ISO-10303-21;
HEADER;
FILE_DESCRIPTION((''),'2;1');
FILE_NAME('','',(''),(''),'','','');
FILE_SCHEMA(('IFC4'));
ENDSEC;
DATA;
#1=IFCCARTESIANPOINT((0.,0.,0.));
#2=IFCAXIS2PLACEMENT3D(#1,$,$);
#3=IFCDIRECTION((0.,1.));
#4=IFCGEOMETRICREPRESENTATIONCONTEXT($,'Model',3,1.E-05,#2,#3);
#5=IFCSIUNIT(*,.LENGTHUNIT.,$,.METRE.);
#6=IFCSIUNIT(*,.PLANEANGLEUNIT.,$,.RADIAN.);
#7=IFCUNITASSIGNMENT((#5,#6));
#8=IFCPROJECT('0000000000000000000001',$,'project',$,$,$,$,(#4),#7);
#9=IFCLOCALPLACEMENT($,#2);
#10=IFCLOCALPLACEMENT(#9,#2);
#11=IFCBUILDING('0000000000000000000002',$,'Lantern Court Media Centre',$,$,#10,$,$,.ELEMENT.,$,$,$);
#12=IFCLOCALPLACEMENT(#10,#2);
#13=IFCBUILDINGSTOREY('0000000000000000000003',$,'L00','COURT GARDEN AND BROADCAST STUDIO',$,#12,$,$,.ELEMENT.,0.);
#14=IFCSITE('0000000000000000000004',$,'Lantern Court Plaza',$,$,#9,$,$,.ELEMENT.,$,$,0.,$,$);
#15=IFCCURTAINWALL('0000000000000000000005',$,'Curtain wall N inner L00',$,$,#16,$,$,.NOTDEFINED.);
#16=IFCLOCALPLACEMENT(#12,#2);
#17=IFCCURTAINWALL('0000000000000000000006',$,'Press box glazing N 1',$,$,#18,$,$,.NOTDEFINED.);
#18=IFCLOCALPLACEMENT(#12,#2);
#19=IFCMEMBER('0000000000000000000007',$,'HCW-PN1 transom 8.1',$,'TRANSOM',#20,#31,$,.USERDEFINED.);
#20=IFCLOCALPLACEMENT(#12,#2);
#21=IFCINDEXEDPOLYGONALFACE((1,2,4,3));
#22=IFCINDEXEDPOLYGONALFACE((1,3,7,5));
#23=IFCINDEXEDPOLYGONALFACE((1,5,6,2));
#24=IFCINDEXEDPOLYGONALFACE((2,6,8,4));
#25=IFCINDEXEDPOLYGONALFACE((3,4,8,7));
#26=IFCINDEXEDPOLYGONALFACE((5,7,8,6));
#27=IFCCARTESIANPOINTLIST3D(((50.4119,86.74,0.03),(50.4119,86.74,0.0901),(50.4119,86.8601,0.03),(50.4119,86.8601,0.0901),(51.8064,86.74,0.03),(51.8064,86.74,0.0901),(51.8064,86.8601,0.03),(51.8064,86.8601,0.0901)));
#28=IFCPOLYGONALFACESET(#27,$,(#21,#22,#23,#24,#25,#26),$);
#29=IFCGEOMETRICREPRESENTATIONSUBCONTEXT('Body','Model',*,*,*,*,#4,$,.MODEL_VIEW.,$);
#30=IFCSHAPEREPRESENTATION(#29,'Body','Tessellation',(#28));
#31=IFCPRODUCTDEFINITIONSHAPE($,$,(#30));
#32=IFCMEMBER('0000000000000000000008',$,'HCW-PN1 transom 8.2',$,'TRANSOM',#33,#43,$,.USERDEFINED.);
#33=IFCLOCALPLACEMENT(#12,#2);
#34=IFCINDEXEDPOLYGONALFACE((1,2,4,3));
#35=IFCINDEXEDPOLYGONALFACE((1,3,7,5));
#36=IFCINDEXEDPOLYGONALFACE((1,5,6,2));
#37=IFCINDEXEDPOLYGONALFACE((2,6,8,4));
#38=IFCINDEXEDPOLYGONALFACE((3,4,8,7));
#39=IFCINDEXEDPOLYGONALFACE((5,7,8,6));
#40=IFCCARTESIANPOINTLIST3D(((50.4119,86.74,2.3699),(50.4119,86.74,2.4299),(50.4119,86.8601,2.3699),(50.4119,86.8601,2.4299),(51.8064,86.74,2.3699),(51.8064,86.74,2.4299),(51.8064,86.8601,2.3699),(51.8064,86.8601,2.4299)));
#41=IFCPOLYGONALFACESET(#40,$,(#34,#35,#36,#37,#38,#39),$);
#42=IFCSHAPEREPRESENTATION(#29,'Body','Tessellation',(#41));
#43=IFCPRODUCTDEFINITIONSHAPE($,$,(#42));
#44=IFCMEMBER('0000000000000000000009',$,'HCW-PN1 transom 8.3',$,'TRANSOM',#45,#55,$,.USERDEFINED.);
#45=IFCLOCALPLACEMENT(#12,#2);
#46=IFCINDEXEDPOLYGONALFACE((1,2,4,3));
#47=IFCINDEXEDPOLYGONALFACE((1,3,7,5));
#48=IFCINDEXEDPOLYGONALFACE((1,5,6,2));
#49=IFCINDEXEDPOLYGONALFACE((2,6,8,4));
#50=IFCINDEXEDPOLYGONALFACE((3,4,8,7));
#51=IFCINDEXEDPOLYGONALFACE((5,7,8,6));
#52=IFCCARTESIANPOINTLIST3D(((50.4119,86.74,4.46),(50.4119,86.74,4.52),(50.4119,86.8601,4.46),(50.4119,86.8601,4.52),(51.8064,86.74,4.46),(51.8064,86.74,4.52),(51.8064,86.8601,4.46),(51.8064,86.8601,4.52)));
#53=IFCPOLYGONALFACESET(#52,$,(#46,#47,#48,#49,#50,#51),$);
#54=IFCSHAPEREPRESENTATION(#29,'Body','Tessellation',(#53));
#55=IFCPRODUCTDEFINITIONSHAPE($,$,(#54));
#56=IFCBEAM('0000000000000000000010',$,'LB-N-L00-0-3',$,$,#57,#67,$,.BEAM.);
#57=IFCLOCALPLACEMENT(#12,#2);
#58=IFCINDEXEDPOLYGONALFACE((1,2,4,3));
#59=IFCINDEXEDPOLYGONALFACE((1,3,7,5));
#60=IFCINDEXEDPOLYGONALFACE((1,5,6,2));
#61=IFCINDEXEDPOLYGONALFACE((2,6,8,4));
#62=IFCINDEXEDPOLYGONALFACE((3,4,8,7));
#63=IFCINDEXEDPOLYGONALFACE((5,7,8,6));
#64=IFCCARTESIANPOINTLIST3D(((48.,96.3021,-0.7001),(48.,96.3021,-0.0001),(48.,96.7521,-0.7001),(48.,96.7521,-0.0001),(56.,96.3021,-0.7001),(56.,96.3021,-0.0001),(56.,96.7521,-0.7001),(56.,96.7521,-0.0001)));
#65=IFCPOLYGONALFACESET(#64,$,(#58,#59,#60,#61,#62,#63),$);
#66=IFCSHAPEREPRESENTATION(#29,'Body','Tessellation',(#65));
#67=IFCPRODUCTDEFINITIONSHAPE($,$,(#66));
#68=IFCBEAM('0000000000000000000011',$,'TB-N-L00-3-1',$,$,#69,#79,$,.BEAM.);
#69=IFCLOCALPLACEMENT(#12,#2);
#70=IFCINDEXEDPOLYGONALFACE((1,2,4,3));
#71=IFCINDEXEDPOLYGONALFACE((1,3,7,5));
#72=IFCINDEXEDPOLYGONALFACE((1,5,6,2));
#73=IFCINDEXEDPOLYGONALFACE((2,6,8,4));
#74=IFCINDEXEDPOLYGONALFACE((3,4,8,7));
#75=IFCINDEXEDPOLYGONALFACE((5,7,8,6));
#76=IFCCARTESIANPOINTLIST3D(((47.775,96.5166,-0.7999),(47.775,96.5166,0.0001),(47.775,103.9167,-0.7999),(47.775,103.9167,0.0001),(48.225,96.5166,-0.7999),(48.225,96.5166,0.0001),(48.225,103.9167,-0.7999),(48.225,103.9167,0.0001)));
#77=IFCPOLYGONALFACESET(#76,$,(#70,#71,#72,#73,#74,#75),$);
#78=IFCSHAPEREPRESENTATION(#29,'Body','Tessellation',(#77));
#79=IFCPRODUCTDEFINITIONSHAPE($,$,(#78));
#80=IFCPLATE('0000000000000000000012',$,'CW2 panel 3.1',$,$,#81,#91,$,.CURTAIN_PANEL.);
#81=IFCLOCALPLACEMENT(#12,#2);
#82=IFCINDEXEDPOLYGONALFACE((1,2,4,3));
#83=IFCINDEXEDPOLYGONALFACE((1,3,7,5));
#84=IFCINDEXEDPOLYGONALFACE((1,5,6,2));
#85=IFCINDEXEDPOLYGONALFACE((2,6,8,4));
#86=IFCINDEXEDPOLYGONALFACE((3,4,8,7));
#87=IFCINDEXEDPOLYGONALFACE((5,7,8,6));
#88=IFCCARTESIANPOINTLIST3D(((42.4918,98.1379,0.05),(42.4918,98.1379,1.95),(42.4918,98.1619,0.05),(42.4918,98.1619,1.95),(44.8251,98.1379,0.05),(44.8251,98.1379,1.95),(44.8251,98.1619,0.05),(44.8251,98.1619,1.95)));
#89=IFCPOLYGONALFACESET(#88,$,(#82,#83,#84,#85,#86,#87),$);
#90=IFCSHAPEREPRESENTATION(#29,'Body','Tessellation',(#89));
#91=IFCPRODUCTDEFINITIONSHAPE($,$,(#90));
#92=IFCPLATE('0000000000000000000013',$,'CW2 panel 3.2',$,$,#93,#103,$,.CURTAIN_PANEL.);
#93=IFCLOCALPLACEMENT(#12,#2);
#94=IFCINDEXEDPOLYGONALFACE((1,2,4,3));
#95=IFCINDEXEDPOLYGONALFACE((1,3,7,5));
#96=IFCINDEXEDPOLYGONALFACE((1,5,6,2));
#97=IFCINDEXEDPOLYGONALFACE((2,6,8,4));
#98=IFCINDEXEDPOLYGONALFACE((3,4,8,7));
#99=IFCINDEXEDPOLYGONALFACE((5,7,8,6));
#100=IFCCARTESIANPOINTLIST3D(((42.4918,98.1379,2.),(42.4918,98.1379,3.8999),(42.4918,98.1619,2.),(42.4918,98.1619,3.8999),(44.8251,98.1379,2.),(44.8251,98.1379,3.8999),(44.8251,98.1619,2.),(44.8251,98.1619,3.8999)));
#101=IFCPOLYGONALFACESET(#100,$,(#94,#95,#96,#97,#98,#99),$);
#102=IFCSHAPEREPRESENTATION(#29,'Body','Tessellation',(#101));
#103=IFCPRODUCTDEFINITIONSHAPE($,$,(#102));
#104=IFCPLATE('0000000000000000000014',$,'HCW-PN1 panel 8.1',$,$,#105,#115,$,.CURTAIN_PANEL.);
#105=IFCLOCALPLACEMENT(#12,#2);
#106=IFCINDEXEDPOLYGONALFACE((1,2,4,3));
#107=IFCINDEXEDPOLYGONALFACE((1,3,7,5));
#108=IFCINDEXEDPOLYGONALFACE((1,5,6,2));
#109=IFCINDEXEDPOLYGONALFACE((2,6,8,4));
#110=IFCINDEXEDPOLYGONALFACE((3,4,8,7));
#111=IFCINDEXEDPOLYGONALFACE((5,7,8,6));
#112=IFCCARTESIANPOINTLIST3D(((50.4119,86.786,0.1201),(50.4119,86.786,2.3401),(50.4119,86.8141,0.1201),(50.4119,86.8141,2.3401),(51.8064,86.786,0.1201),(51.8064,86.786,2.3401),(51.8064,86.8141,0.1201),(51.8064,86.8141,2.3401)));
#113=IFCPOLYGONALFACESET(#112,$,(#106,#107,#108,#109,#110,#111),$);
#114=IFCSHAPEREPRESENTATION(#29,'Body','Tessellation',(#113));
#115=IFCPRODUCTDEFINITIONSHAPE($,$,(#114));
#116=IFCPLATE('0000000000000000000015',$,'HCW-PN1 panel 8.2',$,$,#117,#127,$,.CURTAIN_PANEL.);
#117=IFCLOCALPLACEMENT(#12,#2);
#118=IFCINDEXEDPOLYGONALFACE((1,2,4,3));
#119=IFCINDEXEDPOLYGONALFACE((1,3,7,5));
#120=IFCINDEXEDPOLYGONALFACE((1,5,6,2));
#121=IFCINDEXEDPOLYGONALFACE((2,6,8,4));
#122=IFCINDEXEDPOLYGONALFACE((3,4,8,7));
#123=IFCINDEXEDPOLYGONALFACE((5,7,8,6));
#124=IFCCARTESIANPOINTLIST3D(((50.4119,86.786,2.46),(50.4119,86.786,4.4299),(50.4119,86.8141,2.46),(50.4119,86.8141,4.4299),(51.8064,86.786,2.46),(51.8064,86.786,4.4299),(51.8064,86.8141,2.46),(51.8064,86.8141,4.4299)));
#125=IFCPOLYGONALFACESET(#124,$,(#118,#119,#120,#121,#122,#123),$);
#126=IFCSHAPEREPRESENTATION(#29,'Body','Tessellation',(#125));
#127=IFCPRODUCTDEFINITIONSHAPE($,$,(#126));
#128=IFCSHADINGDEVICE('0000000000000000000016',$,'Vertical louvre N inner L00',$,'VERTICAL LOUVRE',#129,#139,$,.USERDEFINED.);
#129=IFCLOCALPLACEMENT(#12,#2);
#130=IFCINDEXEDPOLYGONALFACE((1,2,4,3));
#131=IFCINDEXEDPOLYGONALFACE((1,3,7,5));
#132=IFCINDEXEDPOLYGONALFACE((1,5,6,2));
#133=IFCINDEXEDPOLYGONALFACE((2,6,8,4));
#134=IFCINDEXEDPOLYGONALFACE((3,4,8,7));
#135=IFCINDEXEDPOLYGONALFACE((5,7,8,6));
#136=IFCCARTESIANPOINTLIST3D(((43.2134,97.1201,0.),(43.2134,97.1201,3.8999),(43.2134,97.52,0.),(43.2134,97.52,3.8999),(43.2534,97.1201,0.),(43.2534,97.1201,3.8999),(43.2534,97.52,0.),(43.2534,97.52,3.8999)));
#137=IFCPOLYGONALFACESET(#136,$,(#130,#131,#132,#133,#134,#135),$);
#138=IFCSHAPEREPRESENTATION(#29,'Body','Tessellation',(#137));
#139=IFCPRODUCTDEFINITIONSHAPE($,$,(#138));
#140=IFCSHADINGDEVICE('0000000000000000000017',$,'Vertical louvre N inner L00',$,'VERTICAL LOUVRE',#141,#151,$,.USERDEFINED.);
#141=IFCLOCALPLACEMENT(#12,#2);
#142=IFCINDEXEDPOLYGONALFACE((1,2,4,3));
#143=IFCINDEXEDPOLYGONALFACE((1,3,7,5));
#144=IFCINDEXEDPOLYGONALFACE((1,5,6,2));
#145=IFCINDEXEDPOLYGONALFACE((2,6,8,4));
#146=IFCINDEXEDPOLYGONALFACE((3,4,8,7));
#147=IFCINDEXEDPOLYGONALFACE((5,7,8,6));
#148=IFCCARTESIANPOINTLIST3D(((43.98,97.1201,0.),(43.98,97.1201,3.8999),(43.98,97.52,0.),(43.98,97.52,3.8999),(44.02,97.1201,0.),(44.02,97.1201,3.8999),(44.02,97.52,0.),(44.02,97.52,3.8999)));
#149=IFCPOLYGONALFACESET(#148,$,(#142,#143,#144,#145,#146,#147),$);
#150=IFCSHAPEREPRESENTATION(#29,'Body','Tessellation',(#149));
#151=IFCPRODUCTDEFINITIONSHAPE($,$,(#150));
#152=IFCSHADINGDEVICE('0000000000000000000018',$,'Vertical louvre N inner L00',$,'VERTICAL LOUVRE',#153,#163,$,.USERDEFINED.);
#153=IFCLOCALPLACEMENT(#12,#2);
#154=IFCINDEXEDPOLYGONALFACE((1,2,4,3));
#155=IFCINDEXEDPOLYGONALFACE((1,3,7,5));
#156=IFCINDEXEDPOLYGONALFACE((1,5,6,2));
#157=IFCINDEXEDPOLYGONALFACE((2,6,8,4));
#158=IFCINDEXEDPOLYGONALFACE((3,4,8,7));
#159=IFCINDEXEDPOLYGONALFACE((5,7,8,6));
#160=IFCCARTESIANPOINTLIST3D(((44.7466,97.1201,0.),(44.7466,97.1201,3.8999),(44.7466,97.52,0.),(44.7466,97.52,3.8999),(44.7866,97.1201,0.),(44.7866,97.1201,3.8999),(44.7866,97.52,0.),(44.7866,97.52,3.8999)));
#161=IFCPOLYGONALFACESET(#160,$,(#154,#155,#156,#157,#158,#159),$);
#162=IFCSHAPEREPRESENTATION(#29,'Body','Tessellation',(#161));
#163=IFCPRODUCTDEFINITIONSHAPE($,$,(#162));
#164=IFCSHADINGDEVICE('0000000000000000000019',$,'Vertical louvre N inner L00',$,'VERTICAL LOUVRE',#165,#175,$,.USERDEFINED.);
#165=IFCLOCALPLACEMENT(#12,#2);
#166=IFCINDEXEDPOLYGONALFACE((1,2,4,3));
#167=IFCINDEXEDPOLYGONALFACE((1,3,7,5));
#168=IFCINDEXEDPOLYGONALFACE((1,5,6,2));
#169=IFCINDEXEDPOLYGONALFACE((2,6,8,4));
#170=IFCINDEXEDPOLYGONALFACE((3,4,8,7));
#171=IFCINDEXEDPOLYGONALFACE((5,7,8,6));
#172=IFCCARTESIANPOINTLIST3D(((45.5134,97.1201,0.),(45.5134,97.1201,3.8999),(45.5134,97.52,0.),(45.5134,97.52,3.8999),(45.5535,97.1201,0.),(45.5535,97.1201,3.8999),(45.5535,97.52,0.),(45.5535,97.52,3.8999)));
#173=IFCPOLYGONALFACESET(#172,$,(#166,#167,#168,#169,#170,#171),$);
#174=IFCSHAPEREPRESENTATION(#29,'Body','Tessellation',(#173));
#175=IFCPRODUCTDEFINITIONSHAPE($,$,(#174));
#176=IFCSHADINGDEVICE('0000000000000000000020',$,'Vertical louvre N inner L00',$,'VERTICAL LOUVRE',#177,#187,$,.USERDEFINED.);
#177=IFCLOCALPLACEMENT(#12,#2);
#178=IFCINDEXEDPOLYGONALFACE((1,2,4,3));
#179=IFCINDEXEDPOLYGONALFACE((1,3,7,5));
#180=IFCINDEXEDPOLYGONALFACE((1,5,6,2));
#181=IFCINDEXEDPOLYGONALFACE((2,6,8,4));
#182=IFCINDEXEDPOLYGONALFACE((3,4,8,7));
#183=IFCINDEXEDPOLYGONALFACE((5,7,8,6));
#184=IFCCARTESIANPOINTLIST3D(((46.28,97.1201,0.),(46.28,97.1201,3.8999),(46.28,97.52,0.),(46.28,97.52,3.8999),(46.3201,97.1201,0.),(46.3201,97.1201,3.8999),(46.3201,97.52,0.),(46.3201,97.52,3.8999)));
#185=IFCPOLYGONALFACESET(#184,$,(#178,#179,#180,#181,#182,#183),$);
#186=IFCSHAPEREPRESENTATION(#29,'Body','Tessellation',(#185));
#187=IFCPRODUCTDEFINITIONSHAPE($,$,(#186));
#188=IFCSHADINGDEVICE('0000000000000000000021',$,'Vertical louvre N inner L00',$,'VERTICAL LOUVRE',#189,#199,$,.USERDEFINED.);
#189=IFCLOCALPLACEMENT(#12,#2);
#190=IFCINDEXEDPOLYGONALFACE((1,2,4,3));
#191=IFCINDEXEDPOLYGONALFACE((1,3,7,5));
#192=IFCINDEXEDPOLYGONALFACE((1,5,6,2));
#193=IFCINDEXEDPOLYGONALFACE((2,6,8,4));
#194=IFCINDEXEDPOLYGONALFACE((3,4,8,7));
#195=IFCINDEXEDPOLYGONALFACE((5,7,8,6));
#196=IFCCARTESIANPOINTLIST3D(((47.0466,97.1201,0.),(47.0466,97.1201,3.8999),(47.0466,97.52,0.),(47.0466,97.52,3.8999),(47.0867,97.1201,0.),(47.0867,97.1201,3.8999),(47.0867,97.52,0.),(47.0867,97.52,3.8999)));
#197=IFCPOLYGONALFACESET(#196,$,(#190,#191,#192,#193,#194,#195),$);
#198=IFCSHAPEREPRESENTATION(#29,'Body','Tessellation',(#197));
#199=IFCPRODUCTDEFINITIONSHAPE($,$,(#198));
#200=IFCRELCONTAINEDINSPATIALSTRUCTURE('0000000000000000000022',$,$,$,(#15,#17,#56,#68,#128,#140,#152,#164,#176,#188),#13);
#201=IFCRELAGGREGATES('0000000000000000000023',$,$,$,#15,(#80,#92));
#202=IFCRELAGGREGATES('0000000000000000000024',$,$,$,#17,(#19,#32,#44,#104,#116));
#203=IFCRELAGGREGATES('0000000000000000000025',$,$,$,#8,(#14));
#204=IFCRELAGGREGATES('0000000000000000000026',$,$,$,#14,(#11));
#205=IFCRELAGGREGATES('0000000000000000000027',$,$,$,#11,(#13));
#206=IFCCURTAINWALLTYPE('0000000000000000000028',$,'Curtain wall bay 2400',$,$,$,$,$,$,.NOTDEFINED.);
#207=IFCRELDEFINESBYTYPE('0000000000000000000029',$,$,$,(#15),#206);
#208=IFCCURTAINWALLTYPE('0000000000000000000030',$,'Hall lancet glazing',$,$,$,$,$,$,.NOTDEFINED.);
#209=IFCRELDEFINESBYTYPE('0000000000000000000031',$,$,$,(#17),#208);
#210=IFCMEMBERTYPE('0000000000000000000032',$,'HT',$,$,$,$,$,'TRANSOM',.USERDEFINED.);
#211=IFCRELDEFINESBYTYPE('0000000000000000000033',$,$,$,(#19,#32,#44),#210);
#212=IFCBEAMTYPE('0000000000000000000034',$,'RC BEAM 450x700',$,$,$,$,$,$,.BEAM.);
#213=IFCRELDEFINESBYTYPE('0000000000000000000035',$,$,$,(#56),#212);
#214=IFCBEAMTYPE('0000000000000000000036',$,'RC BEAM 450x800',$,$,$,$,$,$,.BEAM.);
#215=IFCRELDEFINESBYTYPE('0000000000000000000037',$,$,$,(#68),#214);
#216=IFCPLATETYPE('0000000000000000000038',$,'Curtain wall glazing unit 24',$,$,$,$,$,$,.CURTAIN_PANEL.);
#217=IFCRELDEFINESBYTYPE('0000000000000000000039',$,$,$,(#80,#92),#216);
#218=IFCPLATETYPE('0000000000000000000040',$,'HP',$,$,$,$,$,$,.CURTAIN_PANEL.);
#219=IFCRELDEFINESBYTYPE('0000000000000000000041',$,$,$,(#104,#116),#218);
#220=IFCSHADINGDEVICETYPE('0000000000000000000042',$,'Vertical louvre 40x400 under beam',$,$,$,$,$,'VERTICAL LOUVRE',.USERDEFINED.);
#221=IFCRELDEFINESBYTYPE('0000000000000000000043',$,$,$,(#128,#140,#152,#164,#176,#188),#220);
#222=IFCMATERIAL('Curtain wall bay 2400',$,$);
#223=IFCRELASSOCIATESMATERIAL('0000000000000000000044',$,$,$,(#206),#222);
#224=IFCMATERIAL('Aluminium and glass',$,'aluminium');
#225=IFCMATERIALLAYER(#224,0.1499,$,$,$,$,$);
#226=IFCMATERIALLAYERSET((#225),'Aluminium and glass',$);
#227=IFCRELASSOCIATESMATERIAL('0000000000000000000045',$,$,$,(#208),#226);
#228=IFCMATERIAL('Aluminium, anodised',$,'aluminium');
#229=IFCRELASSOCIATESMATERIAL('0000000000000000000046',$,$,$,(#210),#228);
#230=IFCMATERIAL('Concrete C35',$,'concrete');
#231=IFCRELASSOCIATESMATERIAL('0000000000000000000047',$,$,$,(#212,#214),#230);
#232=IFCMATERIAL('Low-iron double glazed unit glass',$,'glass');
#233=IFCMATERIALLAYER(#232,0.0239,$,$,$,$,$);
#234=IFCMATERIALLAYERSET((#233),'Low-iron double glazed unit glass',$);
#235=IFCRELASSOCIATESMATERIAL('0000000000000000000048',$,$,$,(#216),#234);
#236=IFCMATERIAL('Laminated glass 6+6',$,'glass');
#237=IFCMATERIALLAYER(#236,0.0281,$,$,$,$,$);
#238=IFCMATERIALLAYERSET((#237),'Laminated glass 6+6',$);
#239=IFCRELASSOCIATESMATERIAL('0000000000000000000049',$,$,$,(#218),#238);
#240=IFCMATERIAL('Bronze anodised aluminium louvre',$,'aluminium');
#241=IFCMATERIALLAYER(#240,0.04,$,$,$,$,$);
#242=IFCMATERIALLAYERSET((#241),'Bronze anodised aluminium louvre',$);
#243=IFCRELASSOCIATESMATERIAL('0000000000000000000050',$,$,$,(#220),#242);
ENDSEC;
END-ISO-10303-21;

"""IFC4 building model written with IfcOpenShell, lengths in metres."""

from ifc_helpers import new_model, si_unit, direction, frame, origin, origin_2d, place, context, subcontext, project, spatial, rectangle, extrude, material, layer, layer_set, material_profile, profile_set, type_object, element, aggregate, save


model = new_model("IFC4")

# Units and contexts
model_context = context("Model", 3, precision=1e-05, world=origin(), true_north=direction((0.0, 1.0)))
body_context = subcontext(model_context, "Body", "Model", "MODEL_VIEW")
ifc_project = project(units=[si_unit("LENGTHUNIT", "METRE"), si_unit("PLANEANGLEUNIT", "RADIAN")], contexts=[model_context])

# Site, building, storey
site_placement = place(None, origin())
site = spatial("IfcSite", under=ifc_project, at=site_placement, Name="Lantern Court Plaza", CompositionType="ELEMENT", RefElevation=0.0)
building_placement = place(site_placement, origin())
building = spatial("IfcBuilding", under=site, at=building_placement, Name="Lantern Court Media Centre", CompositionType="ELEMENT")
storey_placement = place(building_placement, origin())
storey = spatial("IfcBuildingStorey", under=building, at=storey_placement, Name="L00", Description="COURT GARDEN AND BROADCAST STUDIO", CompositionType="ELEMENT", Elevation=0.0)

# Shared definitions
ifc_material_1 = material(Name="Concrete C35", Category="concrete")

# Curtain walls, members
ifc_material_2 = material(Name="Curtain wall bay 2400")
curtain_wall_type_1 = type_object("IfcCurtainWallType", Name="Curtain wall bay 2400", PredefinedType="NOTDEFINED", material=ifc_material_2)
curtain_wall_1_placement = place(storey_placement, origin())
curtain_wall_1 = element("IfcCurtainWall", 1, at=curtain_wall_1_placement, inside=storey, type_object=curtain_wall_type_1, Name="Curtain wall N inner L00", PredefinedType="NOTDEFINED")
ifc_material_3 = material(Name="Aluminium and glass", Category="aluminium")
ifc_layer_1 = layer(ifc_material_3, 0.1499)
ifc_layer_set_1 = layer_set([ifc_layer_1], Name="Aluminium and glass")
curtain_wall_type_2 = type_object("IfcCurtainWallType", Name="Hall lancet glazing", PredefinedType="NOTDEFINED", material=ifc_layer_set_1)
curtain_wall_2_placement = place(storey_placement, origin())
curtain_wall_2 = element("IfcCurtainWall", 2, at=curtain_wall_2_placement, inside=storey, type_object=curtain_wall_type_2, Name="Press box glazing N 1", PredefinedType="NOTDEFINED")
ifc_material_4 = material(Name="Aluminium, anodised", Category="aluminium")
ifc_material_profile_1 = material_profile(ifc_material_4, rectangle(XDim=0.1201, YDim=0.0601, at=origin_2d()), Name="HT")
ifc_profile_set_1 = profile_set([ifc_material_profile_1], Name="Aluminium, anodised")
member_type_1 = type_object("IfcMemberType", Name="HT", ElementType="TRANSOM", PredefinedType="USERDEFINED", material=ifc_profile_set_1)
member_1_placement = place(storey_placement, frame((50.4119, 86.8, 0.0601), z_axis=(1.0, 0.0, 0.0), x_axis=(0.0, 1.0, 0.0)))
member_1 = element("IfcMember", 3, at=member_1_placement, type_object=member_type_1, Name="HCW-PN1 transom 8.1", ObjectType="TRANSOM", PredefinedType="USERDEFINED", context=body_context, shape_type="SweptSolid", body=[
    extrude(rectangle(XDim=0.1201, YDim=0.0601, at=origin_2d()), origin(), (0.0, 0.0, 1.0), 1.3945),
])
member_2_placement = place(storey_placement, frame((50.4119, 86.8, 2.3999), z_axis=(1.0, 0.0, 0.0), x_axis=(0.0, 1.0, 0.0)))
member_2 = element("IfcMember", 4, at=member_2_placement, type_object=member_type_1, Name="HCW-PN1 transom 8.2", ObjectType="TRANSOM", PredefinedType="USERDEFINED", context=body_context, shape_type="SweptSolid", body=[
    extrude(rectangle(XDim=0.1201, YDim=0.0601, at=origin_2d()), origin(), (0.0, 0.0, 1.0), 1.3945),
])
member_3_placement = place(storey_placement, frame((50.4119, 86.8, 4.49), z_axis=(1.0, 0.0, 0.0), x_axis=(0.0, 1.0, 0.0)))
member_3 = element("IfcMember", 5, at=member_3_placement, type_object=member_type_1, Name="HCW-PN1 transom 8.3", ObjectType="TRANSOM", PredefinedType="USERDEFINED", context=body_context, shape_type="SweptSolid", body=[
    extrude(rectangle(XDim=0.1201, YDim=0.0601, at=origin_2d()), origin(), (0.0, 0.0, 1.0), 1.3945),
])

# Beams
ifc_material_profile_2 = material_profile(ifc_material_1, rectangle(XDim=0.45, YDim=0.7, at=origin_2d()), Name="RC 450x700")
ifc_profile_set_2 = profile_set([ifc_material_profile_2], Name="Concrete C35")
beam_type_1 = type_object("IfcBeamType", Name="RC BEAM 450x700", PredefinedType="BEAM", material=ifc_profile_set_2)
beam_1_placement = place(storey_placement, frame((48.0, 96.5271, -0.3501), z_axis=(1.0, 0.0, 0.0), x_axis=(0.0, 1.0, 0.0)))
element("IfcBeam", 6, at=beam_1_placement, inside=storey, type_object=beam_type_1, Name="LB-N-L00-0-3", PredefinedType="BEAM", context=body_context, shape_type="SweptSolid", body=[
    extrude(rectangle(XDim=0.45, YDim=0.7, at=origin_2d()), origin(), (0.0, 0.0, 1.0), 8.0),
])
ifc_material_profile_3 = material_profile(ifc_material_1, rectangle(XDim=0.45, YDim=0.8, at=origin_2d()), Name="RC 450x800")
ifc_profile_set_3 = profile_set([ifc_material_profile_3], Name="Concrete C35")
beam_type_2 = type_object("IfcBeamType", Name="RC BEAM 450x800", PredefinedType="BEAM", material=ifc_profile_set_3)
beam_2_placement = place(storey_placement, frame((48.0, 96.5166, -0.3999), z_axis=(0.0, 1.0, 0.0), x_axis=(-1.0, 0.0, 0.0)))
element("IfcBeam", 7, at=beam_2_placement, inside=storey, type_object=beam_type_2, Name="TB-N-L00-3-1", PredefinedType="BEAM", context=body_context, shape_type="SweptSolid", body=[
    extrude(rectangle(XDim=0.45, YDim=0.8, at=origin_2d()), origin(), (0.0, 0.0, 1.0), 7.4001),
])

# Plates
ifc_material_5 = material(Name="Low-iron double glazed unit glass", Category="glass")
ifc_layer_2 = layer(ifc_material_5, 0.0239)
ifc_layer_set_2 = layer_set([ifc_layer_2], Name="Low-iron double glazed unit glass")
plate_type_1 = type_object("IfcPlateType", Name="Curtain wall glazing unit 24", PredefinedType="CURTAIN_PANEL", material=ifc_layer_set_2)
plate_1_placement = place(storey_placement, frame((43.6584, 98.1499, 0.05), z_axis=(0.0, 0.0, 1.0), x_axis=(1.0, 0.0, 0.0)))
plate_1 = element("IfcPlate", 8, at=plate_1_placement, type_object=plate_type_1, Name="CW2 panel 3.1", PredefinedType="CURTAIN_PANEL", context=body_context, shape_type="SweptSolid", body=[
    extrude(rectangle(XDim=2.3333, YDim=0.0239, at=origin_2d()), origin(), (0.0, 0.0, 1.0), 1.8999),
])
plate_2_placement = place(storey_placement, frame((43.6584, 98.1499, 2.0), z_axis=(0.0, 0.0, 1.0), x_axis=(1.0, 0.0, 0.0)))
plate_2 = element("IfcPlate", 9, at=plate_2_placement, type_object=plate_type_1, Name="CW2 panel 3.2", PredefinedType="CURTAIN_PANEL", context=body_context, shape_type="SweptSolid", body=[
    extrude(rectangle(XDim=2.3333, YDim=0.0239, at=origin_2d()), origin(), (0.0, 0.0, 1.0), 1.8999),
])
aggregate(curtain_wall_1, [plate_1, plate_2])
ifc_material_6 = material(Name="Laminated glass 6+6", Category="glass")
ifc_layer_3 = layer(ifc_material_6, 0.0281)
ifc_layer_set_3 = layer_set([ifc_layer_3], Name="Laminated glass 6+6")
plate_type_2 = type_object("IfcPlateType", Name="HP", PredefinedType="CURTAIN_PANEL", material=ifc_layer_set_3)
plate_3_placement = place(storey_placement, frame((51.1091, 86.8, 0.1201), z_axis=(0.0, 0.0, 1.0), x_axis=(1.0, 0.0, 0.0)))
plate_3 = element("IfcPlate", 10, at=plate_3_placement, type_object=plate_type_2, Name="HCW-PN1 panel 8.1", PredefinedType="CURTAIN_PANEL", context=body_context, shape_type="SweptSolid", body=[
    extrude(rectangle(XDim=1.3945, YDim=0.0281, at=origin_2d()), origin(), (0.0, 0.0, 1.0), 2.22),
])
plate_4_placement = place(storey_placement, frame((51.1091, 86.8, 2.46), z_axis=(0.0, 0.0, 1.0), x_axis=(1.0, 0.0, 0.0)))
plate_4 = element("IfcPlate", 11, at=plate_4_placement, type_object=plate_type_2, Name="HCW-PN1 panel 8.2", PredefinedType="CURTAIN_PANEL", context=body_context, shape_type="SweptSolid", body=[
    extrude(rectangle(XDim=1.3945, YDim=0.0281, at=origin_2d()), origin(), (0.0, 0.0, 1.0), 1.97),
])
aggregate(curtain_wall_2, [member_1, member_2, member_3, plate_3, plate_4])

# Shading devices
ifc_material_7 = material(Name="Bronze anodised aluminium louvre", Category="aluminium")
ifc_layer_4 = layer(ifc_material_7, 0.04)
ifc_layer_set_4 = layer_set([ifc_layer_4], Name="Bronze anodised aluminium louvre")
shading_device_type = type_object("IfcShadingDeviceType", Name="Vertical louvre 40x400 under beam", ElementType="VERTICAL LOUVRE", PredefinedType="USERDEFINED", material=ifc_layer_set_4)
for number, where, z_axis, x_axis, name in (
    (12, (43.2334, 97.3201, 0.0), (0.0, 0.0, 1.0), (1.0, 0.0, 0.0), "Vertical louvre N inner L00"),
    (13, (44.0, 97.3201, 0.0), (0.0, 0.0, 1.0), (1.0, 0.0, 0.0), "Vertical louvre N inner L00"),
    (14, (44.7666, 97.3201, 0.0), (0.0, 0.0, 1.0), (1.0, 0.0, 0.0), "Vertical louvre N inner L00"),
    (15, (45.5334, 97.3201, 0.0), (0.0, 0.0, 1.0), (1.0, 0.0, 0.0), "Vertical louvre N inner L00"),
    (16, (46.3, 97.3201, 0.0), (0.0, 0.0, 1.0), (1.0, 0.0, 0.0), "Vertical louvre N inner L00"),
    (17, (47.0667, 97.3201, 0.0), (0.0, 0.0, 1.0), (1.0, 0.0, 0.0), "Vertical louvre N inner L00"),
):
    element("IfcShadingDevice", number, at=place(storey_placement, frame(where, z_axis=z_axis, x_axis=x_axis)), inside=storey, type_object=shading_device_type, Name=name, ObjectType="VERTICAL LOUVRE", PredefinedType="USERDEFINED", context=body_context, shape_type="SweptSolid", body=[
        extrude(rectangle(XDim=0.04, YDim=0.3999, at=origin_2d()), origin(), (0.0, 0.0, 1.0), 3.8999),
    ])

save(model, "model.ifc")
